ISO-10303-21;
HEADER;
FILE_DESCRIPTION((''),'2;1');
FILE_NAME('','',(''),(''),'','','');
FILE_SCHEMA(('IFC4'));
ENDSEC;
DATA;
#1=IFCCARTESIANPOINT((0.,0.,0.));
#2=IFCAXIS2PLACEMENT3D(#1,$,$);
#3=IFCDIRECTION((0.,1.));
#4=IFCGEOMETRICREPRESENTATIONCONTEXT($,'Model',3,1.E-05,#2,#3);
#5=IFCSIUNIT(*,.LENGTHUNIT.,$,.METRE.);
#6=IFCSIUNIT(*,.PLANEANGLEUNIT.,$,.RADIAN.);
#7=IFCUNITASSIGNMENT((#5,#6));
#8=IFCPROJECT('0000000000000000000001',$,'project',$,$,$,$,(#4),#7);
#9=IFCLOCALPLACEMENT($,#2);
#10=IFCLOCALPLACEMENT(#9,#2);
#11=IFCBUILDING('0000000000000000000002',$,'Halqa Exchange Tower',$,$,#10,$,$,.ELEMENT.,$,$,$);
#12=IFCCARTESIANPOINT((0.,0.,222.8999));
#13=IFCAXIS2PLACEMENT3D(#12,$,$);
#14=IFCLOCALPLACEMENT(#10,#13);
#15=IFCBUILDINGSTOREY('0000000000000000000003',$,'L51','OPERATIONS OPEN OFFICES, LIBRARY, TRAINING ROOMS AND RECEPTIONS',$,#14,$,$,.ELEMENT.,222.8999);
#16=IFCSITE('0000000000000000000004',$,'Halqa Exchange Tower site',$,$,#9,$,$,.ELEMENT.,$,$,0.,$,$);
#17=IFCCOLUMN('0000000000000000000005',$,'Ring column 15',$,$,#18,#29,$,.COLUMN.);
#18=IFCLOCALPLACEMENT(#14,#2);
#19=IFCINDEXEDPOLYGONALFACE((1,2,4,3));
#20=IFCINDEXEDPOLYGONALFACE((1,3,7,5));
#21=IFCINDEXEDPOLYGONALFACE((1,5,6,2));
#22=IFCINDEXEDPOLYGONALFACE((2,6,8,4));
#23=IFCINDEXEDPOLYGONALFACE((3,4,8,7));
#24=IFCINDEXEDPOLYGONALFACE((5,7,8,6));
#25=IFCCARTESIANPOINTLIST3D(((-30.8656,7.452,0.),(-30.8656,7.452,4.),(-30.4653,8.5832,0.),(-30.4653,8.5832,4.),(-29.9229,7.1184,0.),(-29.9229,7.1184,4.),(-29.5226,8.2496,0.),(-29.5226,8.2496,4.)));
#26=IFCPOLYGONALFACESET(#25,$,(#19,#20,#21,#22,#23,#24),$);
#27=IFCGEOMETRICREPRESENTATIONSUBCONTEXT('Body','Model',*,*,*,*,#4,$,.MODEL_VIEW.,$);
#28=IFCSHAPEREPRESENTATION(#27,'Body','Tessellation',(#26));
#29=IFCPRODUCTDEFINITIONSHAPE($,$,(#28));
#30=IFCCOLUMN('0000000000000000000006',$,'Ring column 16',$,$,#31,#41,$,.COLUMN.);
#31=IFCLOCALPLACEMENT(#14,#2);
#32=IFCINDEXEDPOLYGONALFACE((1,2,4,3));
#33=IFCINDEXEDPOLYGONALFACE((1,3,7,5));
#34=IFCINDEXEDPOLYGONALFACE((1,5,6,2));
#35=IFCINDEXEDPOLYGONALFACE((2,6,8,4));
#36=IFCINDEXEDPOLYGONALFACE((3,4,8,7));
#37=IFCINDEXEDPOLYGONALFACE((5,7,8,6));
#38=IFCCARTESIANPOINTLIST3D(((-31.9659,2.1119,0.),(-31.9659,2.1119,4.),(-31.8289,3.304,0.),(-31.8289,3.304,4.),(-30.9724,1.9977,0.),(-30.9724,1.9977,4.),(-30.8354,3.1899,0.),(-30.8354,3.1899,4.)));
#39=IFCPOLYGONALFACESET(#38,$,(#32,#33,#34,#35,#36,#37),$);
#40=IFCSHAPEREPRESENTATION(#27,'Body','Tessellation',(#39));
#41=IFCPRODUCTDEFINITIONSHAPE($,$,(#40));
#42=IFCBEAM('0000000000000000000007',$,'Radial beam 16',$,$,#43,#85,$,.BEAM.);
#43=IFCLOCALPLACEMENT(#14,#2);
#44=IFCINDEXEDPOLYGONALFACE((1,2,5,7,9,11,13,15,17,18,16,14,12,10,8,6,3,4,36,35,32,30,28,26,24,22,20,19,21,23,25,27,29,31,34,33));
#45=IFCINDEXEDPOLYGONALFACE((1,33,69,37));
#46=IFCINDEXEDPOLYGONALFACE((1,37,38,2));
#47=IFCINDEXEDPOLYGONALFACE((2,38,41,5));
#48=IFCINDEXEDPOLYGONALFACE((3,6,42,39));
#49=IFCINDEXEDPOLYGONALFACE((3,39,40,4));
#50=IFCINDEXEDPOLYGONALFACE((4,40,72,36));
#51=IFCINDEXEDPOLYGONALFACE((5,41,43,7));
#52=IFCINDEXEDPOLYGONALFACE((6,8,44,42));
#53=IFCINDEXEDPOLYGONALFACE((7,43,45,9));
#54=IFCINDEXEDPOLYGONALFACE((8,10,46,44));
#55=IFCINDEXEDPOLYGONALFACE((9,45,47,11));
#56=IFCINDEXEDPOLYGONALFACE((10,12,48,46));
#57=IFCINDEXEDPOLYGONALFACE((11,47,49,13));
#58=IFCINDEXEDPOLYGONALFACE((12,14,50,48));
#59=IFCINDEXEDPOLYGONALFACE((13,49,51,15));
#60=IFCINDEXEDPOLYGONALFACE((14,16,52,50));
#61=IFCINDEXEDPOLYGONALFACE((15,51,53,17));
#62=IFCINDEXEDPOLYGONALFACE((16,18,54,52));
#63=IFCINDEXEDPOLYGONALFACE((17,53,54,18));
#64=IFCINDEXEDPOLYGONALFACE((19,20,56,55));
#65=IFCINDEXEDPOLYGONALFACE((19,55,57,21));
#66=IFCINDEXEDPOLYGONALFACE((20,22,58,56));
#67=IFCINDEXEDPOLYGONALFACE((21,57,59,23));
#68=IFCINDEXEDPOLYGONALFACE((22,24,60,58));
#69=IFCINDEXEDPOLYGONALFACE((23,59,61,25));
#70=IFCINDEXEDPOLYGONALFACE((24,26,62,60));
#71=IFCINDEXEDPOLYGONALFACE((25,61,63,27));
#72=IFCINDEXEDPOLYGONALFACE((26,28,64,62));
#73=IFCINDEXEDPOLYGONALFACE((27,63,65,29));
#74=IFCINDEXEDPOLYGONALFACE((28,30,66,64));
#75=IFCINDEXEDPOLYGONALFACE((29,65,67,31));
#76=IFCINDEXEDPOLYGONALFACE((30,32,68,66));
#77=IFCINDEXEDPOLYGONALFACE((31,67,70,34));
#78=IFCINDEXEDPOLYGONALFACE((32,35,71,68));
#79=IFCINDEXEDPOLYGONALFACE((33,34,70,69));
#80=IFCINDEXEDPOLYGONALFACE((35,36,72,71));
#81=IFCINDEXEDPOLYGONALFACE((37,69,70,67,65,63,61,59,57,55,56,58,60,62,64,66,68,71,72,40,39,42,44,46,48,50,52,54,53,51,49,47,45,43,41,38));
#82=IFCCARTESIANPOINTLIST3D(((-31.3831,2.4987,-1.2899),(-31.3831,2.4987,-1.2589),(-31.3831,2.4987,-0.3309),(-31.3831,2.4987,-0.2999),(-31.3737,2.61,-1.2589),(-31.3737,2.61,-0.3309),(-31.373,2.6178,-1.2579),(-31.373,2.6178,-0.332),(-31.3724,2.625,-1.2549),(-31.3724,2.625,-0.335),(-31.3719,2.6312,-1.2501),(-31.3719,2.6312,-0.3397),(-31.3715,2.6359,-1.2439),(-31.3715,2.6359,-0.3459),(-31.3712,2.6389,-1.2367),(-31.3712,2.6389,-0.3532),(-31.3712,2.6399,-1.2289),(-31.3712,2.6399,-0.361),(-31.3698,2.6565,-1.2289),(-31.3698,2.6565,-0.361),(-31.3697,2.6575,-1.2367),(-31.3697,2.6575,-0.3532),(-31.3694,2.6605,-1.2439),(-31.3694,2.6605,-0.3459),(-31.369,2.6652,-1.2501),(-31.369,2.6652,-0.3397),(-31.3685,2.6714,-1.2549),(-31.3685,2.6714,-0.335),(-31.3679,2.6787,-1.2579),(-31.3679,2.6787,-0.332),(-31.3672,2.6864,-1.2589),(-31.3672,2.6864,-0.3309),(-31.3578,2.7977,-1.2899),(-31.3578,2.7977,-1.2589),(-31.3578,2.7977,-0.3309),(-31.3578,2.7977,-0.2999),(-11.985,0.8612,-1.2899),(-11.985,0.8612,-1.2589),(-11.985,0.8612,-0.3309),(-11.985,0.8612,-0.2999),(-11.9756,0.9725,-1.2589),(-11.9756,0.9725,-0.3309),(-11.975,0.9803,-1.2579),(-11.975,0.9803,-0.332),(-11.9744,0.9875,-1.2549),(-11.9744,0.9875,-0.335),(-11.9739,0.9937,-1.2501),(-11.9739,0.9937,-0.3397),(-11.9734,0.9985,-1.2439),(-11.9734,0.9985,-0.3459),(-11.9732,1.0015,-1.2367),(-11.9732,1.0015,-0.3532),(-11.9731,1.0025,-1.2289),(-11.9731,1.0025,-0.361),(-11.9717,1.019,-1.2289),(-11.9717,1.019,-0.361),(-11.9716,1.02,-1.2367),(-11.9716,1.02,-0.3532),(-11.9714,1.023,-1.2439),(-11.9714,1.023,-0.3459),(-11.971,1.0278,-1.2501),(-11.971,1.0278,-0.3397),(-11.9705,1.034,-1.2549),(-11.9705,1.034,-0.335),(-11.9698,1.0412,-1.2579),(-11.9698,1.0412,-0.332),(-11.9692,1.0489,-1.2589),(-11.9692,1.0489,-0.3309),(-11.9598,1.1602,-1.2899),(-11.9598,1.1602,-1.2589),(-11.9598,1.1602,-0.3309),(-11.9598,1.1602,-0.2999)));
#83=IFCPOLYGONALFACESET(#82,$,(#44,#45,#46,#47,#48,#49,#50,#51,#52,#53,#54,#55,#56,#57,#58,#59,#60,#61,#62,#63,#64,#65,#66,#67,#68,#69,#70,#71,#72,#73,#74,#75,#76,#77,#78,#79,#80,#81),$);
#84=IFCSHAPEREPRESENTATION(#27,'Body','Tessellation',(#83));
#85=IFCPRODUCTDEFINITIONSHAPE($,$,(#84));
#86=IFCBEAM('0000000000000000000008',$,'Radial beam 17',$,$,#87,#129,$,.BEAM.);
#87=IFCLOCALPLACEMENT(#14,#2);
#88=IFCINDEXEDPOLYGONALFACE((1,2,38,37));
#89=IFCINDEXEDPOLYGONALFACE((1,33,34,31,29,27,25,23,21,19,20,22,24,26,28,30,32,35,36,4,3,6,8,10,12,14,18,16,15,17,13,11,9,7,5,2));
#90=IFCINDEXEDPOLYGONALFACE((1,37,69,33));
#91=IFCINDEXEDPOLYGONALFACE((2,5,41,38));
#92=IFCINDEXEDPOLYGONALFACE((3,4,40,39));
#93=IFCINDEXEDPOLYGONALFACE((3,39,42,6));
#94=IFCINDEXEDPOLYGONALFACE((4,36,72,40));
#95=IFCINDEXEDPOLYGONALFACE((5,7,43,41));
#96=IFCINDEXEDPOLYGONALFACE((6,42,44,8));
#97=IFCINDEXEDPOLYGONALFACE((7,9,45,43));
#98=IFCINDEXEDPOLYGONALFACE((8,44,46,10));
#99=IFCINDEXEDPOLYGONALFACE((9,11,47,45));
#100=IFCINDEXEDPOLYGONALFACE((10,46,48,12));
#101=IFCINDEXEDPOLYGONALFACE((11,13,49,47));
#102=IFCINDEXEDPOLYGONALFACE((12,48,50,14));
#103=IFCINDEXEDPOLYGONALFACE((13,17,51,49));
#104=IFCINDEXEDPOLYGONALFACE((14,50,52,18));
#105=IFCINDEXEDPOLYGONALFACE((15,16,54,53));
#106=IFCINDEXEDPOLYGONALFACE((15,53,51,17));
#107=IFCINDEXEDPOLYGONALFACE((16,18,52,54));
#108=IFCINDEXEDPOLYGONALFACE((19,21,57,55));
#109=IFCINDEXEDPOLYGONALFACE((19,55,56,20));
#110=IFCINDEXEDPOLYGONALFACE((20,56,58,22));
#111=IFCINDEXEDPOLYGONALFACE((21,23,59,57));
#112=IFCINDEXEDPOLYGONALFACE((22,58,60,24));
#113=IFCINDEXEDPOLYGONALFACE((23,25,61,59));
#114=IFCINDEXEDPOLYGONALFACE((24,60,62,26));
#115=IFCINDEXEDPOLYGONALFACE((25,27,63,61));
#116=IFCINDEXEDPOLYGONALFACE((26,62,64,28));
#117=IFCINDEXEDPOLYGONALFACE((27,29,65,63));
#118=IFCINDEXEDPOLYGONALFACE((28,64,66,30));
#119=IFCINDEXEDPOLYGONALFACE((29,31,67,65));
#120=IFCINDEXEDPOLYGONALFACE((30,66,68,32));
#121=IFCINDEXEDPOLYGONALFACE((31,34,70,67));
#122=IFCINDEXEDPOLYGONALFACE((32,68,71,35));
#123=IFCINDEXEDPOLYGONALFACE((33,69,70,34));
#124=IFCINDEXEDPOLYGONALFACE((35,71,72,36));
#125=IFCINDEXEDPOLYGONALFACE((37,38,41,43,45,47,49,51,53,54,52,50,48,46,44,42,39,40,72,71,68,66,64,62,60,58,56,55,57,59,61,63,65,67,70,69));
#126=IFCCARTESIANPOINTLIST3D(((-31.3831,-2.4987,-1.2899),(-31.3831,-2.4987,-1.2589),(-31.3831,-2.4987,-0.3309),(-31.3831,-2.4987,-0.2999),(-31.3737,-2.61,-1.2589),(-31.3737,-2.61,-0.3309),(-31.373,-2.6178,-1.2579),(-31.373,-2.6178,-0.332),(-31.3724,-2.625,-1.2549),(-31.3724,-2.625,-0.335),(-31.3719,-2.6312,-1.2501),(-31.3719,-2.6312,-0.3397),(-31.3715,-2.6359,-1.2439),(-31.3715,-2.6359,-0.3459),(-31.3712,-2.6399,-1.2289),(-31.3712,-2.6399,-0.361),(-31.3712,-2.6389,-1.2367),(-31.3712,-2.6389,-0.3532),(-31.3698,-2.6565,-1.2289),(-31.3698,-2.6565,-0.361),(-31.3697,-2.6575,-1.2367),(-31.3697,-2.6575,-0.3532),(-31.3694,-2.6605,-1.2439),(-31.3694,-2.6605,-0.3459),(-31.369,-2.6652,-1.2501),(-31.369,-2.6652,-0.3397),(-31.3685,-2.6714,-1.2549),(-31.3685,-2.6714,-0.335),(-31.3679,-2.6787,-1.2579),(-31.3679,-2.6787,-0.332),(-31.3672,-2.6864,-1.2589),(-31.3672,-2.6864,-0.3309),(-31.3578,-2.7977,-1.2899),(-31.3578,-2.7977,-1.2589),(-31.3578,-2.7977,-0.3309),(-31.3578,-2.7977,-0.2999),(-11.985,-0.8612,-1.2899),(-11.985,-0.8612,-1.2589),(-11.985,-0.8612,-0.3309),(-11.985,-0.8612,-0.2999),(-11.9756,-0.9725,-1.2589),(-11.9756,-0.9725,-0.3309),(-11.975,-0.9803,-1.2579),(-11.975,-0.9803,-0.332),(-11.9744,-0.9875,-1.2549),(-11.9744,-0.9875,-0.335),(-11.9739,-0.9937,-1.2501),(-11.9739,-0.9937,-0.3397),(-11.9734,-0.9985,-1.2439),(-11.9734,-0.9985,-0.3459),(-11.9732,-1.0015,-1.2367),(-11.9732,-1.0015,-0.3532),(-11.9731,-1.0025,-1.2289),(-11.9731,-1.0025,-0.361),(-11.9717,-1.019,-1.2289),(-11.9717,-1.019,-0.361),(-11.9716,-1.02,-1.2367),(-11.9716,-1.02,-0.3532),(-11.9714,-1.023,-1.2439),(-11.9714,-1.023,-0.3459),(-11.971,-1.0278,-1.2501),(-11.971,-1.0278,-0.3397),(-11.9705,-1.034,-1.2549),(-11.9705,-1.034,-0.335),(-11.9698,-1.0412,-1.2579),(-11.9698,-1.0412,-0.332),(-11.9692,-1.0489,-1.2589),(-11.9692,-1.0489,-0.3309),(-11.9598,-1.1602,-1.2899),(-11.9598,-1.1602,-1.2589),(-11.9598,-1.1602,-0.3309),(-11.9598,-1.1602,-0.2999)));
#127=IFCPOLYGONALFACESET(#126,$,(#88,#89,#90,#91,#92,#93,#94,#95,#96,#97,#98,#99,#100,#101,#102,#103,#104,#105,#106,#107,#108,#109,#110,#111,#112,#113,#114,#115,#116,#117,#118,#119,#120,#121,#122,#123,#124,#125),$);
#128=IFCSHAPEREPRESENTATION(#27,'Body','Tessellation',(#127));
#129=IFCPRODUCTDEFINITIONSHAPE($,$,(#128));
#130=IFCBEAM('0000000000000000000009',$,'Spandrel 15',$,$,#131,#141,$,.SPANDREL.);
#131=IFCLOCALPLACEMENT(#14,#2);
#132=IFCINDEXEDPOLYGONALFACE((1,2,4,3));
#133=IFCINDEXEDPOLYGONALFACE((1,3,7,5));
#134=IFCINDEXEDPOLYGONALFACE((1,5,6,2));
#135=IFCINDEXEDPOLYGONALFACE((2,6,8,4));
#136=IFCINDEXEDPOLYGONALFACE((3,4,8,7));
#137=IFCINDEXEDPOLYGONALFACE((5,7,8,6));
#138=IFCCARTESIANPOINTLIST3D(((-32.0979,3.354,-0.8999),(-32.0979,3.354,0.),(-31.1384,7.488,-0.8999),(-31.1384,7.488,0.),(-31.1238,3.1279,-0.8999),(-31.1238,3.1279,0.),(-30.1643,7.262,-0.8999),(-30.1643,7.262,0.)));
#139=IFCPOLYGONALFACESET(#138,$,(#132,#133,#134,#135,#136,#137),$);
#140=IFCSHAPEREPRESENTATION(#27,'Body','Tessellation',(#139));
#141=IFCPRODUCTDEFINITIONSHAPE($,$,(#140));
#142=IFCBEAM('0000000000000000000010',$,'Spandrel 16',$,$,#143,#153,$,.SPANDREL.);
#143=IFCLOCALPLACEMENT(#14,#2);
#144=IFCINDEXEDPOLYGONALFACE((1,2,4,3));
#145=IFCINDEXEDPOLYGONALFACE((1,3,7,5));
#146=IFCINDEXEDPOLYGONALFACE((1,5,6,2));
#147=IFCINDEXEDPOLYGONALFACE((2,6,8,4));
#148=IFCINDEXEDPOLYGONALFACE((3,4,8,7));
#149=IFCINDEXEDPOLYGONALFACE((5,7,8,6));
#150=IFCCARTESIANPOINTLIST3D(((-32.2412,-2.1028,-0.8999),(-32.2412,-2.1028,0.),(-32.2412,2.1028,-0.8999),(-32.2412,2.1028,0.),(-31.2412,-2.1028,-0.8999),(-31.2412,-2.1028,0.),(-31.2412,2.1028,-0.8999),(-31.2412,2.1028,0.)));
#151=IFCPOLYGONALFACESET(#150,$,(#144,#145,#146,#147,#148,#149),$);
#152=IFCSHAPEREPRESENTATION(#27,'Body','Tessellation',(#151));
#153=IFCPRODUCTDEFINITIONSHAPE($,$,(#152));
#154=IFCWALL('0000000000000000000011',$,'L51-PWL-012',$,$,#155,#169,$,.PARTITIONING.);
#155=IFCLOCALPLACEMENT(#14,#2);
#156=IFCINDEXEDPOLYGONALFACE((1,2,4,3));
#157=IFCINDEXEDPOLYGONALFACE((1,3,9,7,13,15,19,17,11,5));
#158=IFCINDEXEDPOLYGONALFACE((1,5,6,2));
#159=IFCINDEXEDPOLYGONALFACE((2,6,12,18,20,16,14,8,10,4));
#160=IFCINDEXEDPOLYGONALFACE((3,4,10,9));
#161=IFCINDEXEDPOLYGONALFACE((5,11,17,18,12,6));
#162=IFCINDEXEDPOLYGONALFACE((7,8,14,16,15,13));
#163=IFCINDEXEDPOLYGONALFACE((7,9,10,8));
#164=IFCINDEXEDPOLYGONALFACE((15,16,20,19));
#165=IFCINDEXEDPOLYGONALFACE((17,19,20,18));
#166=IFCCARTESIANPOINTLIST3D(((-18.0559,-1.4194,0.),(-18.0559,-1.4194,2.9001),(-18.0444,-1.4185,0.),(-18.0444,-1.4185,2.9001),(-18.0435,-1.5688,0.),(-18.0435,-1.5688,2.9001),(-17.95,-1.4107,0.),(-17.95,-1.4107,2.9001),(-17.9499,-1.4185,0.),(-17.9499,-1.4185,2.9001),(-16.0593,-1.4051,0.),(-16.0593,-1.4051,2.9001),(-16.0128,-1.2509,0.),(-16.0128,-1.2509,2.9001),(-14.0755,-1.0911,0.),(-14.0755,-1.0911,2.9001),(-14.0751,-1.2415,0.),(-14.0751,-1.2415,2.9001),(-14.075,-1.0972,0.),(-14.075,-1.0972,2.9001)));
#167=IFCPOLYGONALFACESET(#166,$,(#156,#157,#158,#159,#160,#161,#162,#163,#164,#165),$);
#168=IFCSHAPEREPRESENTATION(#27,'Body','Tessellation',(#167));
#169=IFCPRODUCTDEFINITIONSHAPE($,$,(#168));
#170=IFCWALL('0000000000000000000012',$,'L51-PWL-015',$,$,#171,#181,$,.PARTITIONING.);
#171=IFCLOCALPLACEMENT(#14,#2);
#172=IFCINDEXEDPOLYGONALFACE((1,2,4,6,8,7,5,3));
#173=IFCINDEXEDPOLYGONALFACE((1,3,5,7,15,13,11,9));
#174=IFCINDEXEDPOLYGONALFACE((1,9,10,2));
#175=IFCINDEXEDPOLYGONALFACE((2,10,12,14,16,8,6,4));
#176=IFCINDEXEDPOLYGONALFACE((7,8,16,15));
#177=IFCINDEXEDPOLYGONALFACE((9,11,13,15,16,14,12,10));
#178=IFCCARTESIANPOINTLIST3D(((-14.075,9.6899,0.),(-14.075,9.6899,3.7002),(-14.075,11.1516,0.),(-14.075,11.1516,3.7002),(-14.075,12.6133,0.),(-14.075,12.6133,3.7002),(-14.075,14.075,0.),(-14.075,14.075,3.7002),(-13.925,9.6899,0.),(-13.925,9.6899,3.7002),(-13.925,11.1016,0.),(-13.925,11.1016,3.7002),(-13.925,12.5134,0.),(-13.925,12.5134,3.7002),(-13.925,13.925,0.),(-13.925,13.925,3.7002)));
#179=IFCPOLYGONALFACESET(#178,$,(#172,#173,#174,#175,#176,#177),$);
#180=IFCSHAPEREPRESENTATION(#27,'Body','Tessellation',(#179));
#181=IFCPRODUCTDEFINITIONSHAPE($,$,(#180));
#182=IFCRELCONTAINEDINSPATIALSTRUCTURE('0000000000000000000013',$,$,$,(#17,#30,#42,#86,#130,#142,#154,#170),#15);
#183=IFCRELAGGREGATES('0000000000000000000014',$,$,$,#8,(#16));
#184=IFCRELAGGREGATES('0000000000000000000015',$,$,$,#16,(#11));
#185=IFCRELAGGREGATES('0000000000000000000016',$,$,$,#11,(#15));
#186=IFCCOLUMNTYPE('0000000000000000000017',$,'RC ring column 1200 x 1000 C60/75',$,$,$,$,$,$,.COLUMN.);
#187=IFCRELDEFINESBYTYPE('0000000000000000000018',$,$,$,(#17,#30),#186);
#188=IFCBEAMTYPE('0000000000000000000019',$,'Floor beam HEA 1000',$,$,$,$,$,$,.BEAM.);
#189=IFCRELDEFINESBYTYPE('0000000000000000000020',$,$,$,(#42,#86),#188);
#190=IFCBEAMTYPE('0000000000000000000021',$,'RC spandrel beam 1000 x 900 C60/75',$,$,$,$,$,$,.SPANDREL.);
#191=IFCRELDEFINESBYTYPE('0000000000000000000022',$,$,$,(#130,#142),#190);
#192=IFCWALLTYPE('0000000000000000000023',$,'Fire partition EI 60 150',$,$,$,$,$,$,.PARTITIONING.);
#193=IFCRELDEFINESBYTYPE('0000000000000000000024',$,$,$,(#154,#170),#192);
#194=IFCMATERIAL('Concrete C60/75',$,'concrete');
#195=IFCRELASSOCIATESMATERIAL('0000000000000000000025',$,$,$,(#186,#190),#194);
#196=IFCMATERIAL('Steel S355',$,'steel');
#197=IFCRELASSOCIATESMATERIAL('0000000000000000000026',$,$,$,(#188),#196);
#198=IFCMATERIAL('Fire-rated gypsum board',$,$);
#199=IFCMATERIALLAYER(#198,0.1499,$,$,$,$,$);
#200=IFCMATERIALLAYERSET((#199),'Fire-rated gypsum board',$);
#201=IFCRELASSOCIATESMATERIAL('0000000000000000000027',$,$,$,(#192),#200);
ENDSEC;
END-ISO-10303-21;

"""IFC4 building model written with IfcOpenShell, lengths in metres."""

from ifc_helpers import new_model, si_unit, direction, frame, origin, origin_2d, place, context, subcontext, project, spatial, polyline, rectangle, i_section, outline, extrude, material, layer, layer_set, material_profile, profile_set, type_object, element, save


model = new_model("IFC4")

# Units and contexts
model_context = context("Model", 3, precision=1e-05, world=origin(), true_north=direction((0.0, 1.0)))
body_context = subcontext(model_context, "Body", "Model", "MODEL_VIEW")
ifc_project = project(units=[si_unit("LENGTHUNIT", "METRE"), si_unit("PLANEANGLEUNIT", "RADIAN")], contexts=[model_context])

# Site, building, storey
site_placement = place(None, origin())
site = spatial("IfcSite", under=ifc_project, at=site_placement, Name="Halqa Exchange Tower site", CompositionType="ELEMENT", RefElevation=0.0)
building_placement = place(site_placement, origin())
building = spatial("IfcBuilding", under=site, at=building_placement, Name="Halqa Exchange Tower", CompositionType="ELEMENT")
storey_placement = place(building_placement, frame((0.0, 0.0, 222.8999)))
storey = spatial("IfcBuildingStorey", under=building, at=storey_placement, Name="L51", Description="OPERATIONS OPEN OFFICES, LIBRARY, TRAINING ROOMS AND RECEPTIONS", CompositionType="ELEMENT", Elevation=222.8999)

# Columns
ifc_material_1 = material(Name="Concrete C60/75", Category="concrete")
ifc_material_profile_1 = material_profile(ifc_material_1, rectangle(XDim=1.2, YDim=1.0, at=origin_2d()), Name="1200 x 1000")
ifc_profile_set_1 = profile_set([ifc_material_profile_1], Name="Concrete C60/75")
column_type = type_object("IfcColumnType", Name="RC ring column 1200 x 1000 C60/75", PredefinedType="COLUMN", material=ifc_profile_set_1)
for number, where, z_axis, x_axis, name in (
    (1, (-30.1941, 7.8508, 0.0), (0.0, 0.0, 1.0), (-0.333631, -0.942704, 0.0), "Ring column 15"),
    (2, (-31.4006, 2.6509, 0.0), (0.0, 0.0, 1.0), (-0.114153, -0.993463, 0.0), "Ring column 16"),
):
    element("IfcColumn", number, at=place(storey_placement, frame(where, z_axis=z_axis, x_axis=x_axis)), inside=storey, type_object=column_type, Name=name, PredefinedType="COLUMN", context=body_context, shape_type="SweptSolid", body=[
        extrude(rectangle(XDim=1.2, YDim=1.0, at=origin_2d()), origin(), (0.0, 0.0, 1.0), 4.0),
    ])

# Beams
ifc_material_2 = material(Name="Steel S355", Category="steel")
ifc_material_profile_2 = material_profile(ifc_material_2, i_section(OverallWidth=0.3, OverallDepth=0.99, WebThickness=0.0166, FlangeThickness=0.031, FilletRadius=0.03, at=origin_2d()), Name="HEA 1000")
ifc_profile_set_2 = profile_set([ifc_material_profile_2], Name="Steel S355")
beam_type_1 = type_object("IfcBeamType", Name="Floor beam HEA 1000", PredefinedType="BEAM", material=ifc_profile_set_2)
for number, where, z_axis, x_axis, name in (
    (3, (-11.9724, 1.0107, -0.7949), (-0.996456, 0.084114, 0.0), (-0.084114, -0.996456, 0.0), "Radial beam 16"),
    (4, (-11.9724, -1.0107, -0.7949), (-0.996456, -0.084114, 0.0), (0.084114, -0.996456, 0.0), "Radial beam 17"),
):
    element("IfcBeam", number, at=place(storey_placement, frame(where, z_axis=z_axis, x_axis=x_axis)), inside=storey, type_object=beam_type_1, Name=name, PredefinedType="BEAM", context=body_context, shape_type="SweptSolid", body=[
        extrude(i_section(OverallWidth=0.3, OverallDepth=0.99, WebThickness=0.0166, FlangeThickness=0.031, FilletRadius=0.03, at=origin_2d()), origin(), (0.0, 0.0, 1.0), 19.467),
    ])
ifc_material_profile_3 = material_profile(ifc_material_1, rectangle(XDim=1.0, YDim=0.8999, at=origin_2d()), Name="1000 x 900")
ifc_profile_set_3 = profile_set([ifc_material_profile_3], Name="Concrete C60/75")
beam_type_2 = type_object("IfcBeamType", Name="RC spandrel beam 1000 x 900 C60/75", PredefinedType="SPANDREL", material=ifc_profile_set_3)
beam_1_placement = place(storey_placement, frame((-30.6514, 7.375, -0.45), z_axis=(-0.226082, -0.974108, 0.0), x_axis=(0.974108, -0.226082, 0.0)))
element("IfcBeam", 5, at=beam_1_placement, inside=storey, type_object=beam_type_2, Name="Spandrel 15", PredefinedType="SPANDREL", context=body_context, shape_type="SweptSolid", body=[
    extrude(rectangle(XDim=1.0, YDim=0.8999, at=origin_2d()), origin(), (0.0, 0.0, 1.0), 4.2439),
])
beam_2_placement = place(storey_placement, frame((-31.7412, 2.1028, -0.45), z_axis=(0.0, -1.0, 0.0), x_axis=(1.0, 0.0, 0.0)))
element("IfcBeam", 6, at=beam_2_placement, inside=storey, type_object=beam_type_2, Name="Spandrel 16", PredefinedType="SPANDREL", context=body_context, shape_type="SweptSolid", body=[
    extrude(rectangle(XDim=1.0, YDim=0.8999, at=origin_2d()), origin(), (0.0, 0.0, 1.0), 4.2056),
])

# Walls
ifc_material_3 = material(Name="Fire-rated gypsum board")
ifc_layer_1 = layer(ifc_material_3, 0.1499)
ifc_layer_set_1 = layer_set([ifc_layer_1], Name="Fire-rated gypsum board")
wall_type_1 = type_object("IfcWallType", Name="Fire partition EI 60 150", PredefinedType="PARTITIONING", material=ifc_layer_set_1)
wall_1_placement = place(storey_placement, frame((-14.0693, -1.1658, 0.0), z_axis=(0.0, 0.0, 1.0), x_axis=(-0.996615, -0.082216, 0.0)))
element("IfcWall", 7, at=wall_1_placement, inside=storey, type_object=wall_type_1, Name="L51-PWL-012", PredefinedType="PARTITIONING", context=body_context, shape_type="SweptSolid", body=[
    extrude(outline(polyline([(0.0, -0.075), (1.9438, -0.075), (3.8877, -0.075), (3.8882, -0.0671), (3.9824, -0.075), (3.9939, -0.075), (3.9939, 0.075), (2.0029, 0.075), (0.012, 0.075), (0.0, -0.0688), (0.0, -0.075)])), origin(), (0.0, 0.0, 1.0), 2.9001),
])
wall_2_placement = place(storey_placement, frame((-14.0, 9.6899, 0.0), z_axis=(0.0, 0.0, 1.0), x_axis=(0.0, 1.0, 0.0)))
element("IfcWall", 8, at=wall_2_placement, inside=storey, type_object=wall_type_1, Name="L51-PWL-015", PredefinedType="PARTITIONING", context=body_context, shape_type="SweptSolid", body=[
    extrude(outline(polyline([(0.0, -0.075), (1.4116, -0.075), (2.8235, -0.075), (4.2351, -0.075), (4.385, 0.075), (2.9233, 0.075), (1.4617, 0.075), (0.0, 0.075), (0.0, -0.075)])), origin(), (0.0, 0.0, 1.0), 3.7002),
])

save(model, "model.ifc")
